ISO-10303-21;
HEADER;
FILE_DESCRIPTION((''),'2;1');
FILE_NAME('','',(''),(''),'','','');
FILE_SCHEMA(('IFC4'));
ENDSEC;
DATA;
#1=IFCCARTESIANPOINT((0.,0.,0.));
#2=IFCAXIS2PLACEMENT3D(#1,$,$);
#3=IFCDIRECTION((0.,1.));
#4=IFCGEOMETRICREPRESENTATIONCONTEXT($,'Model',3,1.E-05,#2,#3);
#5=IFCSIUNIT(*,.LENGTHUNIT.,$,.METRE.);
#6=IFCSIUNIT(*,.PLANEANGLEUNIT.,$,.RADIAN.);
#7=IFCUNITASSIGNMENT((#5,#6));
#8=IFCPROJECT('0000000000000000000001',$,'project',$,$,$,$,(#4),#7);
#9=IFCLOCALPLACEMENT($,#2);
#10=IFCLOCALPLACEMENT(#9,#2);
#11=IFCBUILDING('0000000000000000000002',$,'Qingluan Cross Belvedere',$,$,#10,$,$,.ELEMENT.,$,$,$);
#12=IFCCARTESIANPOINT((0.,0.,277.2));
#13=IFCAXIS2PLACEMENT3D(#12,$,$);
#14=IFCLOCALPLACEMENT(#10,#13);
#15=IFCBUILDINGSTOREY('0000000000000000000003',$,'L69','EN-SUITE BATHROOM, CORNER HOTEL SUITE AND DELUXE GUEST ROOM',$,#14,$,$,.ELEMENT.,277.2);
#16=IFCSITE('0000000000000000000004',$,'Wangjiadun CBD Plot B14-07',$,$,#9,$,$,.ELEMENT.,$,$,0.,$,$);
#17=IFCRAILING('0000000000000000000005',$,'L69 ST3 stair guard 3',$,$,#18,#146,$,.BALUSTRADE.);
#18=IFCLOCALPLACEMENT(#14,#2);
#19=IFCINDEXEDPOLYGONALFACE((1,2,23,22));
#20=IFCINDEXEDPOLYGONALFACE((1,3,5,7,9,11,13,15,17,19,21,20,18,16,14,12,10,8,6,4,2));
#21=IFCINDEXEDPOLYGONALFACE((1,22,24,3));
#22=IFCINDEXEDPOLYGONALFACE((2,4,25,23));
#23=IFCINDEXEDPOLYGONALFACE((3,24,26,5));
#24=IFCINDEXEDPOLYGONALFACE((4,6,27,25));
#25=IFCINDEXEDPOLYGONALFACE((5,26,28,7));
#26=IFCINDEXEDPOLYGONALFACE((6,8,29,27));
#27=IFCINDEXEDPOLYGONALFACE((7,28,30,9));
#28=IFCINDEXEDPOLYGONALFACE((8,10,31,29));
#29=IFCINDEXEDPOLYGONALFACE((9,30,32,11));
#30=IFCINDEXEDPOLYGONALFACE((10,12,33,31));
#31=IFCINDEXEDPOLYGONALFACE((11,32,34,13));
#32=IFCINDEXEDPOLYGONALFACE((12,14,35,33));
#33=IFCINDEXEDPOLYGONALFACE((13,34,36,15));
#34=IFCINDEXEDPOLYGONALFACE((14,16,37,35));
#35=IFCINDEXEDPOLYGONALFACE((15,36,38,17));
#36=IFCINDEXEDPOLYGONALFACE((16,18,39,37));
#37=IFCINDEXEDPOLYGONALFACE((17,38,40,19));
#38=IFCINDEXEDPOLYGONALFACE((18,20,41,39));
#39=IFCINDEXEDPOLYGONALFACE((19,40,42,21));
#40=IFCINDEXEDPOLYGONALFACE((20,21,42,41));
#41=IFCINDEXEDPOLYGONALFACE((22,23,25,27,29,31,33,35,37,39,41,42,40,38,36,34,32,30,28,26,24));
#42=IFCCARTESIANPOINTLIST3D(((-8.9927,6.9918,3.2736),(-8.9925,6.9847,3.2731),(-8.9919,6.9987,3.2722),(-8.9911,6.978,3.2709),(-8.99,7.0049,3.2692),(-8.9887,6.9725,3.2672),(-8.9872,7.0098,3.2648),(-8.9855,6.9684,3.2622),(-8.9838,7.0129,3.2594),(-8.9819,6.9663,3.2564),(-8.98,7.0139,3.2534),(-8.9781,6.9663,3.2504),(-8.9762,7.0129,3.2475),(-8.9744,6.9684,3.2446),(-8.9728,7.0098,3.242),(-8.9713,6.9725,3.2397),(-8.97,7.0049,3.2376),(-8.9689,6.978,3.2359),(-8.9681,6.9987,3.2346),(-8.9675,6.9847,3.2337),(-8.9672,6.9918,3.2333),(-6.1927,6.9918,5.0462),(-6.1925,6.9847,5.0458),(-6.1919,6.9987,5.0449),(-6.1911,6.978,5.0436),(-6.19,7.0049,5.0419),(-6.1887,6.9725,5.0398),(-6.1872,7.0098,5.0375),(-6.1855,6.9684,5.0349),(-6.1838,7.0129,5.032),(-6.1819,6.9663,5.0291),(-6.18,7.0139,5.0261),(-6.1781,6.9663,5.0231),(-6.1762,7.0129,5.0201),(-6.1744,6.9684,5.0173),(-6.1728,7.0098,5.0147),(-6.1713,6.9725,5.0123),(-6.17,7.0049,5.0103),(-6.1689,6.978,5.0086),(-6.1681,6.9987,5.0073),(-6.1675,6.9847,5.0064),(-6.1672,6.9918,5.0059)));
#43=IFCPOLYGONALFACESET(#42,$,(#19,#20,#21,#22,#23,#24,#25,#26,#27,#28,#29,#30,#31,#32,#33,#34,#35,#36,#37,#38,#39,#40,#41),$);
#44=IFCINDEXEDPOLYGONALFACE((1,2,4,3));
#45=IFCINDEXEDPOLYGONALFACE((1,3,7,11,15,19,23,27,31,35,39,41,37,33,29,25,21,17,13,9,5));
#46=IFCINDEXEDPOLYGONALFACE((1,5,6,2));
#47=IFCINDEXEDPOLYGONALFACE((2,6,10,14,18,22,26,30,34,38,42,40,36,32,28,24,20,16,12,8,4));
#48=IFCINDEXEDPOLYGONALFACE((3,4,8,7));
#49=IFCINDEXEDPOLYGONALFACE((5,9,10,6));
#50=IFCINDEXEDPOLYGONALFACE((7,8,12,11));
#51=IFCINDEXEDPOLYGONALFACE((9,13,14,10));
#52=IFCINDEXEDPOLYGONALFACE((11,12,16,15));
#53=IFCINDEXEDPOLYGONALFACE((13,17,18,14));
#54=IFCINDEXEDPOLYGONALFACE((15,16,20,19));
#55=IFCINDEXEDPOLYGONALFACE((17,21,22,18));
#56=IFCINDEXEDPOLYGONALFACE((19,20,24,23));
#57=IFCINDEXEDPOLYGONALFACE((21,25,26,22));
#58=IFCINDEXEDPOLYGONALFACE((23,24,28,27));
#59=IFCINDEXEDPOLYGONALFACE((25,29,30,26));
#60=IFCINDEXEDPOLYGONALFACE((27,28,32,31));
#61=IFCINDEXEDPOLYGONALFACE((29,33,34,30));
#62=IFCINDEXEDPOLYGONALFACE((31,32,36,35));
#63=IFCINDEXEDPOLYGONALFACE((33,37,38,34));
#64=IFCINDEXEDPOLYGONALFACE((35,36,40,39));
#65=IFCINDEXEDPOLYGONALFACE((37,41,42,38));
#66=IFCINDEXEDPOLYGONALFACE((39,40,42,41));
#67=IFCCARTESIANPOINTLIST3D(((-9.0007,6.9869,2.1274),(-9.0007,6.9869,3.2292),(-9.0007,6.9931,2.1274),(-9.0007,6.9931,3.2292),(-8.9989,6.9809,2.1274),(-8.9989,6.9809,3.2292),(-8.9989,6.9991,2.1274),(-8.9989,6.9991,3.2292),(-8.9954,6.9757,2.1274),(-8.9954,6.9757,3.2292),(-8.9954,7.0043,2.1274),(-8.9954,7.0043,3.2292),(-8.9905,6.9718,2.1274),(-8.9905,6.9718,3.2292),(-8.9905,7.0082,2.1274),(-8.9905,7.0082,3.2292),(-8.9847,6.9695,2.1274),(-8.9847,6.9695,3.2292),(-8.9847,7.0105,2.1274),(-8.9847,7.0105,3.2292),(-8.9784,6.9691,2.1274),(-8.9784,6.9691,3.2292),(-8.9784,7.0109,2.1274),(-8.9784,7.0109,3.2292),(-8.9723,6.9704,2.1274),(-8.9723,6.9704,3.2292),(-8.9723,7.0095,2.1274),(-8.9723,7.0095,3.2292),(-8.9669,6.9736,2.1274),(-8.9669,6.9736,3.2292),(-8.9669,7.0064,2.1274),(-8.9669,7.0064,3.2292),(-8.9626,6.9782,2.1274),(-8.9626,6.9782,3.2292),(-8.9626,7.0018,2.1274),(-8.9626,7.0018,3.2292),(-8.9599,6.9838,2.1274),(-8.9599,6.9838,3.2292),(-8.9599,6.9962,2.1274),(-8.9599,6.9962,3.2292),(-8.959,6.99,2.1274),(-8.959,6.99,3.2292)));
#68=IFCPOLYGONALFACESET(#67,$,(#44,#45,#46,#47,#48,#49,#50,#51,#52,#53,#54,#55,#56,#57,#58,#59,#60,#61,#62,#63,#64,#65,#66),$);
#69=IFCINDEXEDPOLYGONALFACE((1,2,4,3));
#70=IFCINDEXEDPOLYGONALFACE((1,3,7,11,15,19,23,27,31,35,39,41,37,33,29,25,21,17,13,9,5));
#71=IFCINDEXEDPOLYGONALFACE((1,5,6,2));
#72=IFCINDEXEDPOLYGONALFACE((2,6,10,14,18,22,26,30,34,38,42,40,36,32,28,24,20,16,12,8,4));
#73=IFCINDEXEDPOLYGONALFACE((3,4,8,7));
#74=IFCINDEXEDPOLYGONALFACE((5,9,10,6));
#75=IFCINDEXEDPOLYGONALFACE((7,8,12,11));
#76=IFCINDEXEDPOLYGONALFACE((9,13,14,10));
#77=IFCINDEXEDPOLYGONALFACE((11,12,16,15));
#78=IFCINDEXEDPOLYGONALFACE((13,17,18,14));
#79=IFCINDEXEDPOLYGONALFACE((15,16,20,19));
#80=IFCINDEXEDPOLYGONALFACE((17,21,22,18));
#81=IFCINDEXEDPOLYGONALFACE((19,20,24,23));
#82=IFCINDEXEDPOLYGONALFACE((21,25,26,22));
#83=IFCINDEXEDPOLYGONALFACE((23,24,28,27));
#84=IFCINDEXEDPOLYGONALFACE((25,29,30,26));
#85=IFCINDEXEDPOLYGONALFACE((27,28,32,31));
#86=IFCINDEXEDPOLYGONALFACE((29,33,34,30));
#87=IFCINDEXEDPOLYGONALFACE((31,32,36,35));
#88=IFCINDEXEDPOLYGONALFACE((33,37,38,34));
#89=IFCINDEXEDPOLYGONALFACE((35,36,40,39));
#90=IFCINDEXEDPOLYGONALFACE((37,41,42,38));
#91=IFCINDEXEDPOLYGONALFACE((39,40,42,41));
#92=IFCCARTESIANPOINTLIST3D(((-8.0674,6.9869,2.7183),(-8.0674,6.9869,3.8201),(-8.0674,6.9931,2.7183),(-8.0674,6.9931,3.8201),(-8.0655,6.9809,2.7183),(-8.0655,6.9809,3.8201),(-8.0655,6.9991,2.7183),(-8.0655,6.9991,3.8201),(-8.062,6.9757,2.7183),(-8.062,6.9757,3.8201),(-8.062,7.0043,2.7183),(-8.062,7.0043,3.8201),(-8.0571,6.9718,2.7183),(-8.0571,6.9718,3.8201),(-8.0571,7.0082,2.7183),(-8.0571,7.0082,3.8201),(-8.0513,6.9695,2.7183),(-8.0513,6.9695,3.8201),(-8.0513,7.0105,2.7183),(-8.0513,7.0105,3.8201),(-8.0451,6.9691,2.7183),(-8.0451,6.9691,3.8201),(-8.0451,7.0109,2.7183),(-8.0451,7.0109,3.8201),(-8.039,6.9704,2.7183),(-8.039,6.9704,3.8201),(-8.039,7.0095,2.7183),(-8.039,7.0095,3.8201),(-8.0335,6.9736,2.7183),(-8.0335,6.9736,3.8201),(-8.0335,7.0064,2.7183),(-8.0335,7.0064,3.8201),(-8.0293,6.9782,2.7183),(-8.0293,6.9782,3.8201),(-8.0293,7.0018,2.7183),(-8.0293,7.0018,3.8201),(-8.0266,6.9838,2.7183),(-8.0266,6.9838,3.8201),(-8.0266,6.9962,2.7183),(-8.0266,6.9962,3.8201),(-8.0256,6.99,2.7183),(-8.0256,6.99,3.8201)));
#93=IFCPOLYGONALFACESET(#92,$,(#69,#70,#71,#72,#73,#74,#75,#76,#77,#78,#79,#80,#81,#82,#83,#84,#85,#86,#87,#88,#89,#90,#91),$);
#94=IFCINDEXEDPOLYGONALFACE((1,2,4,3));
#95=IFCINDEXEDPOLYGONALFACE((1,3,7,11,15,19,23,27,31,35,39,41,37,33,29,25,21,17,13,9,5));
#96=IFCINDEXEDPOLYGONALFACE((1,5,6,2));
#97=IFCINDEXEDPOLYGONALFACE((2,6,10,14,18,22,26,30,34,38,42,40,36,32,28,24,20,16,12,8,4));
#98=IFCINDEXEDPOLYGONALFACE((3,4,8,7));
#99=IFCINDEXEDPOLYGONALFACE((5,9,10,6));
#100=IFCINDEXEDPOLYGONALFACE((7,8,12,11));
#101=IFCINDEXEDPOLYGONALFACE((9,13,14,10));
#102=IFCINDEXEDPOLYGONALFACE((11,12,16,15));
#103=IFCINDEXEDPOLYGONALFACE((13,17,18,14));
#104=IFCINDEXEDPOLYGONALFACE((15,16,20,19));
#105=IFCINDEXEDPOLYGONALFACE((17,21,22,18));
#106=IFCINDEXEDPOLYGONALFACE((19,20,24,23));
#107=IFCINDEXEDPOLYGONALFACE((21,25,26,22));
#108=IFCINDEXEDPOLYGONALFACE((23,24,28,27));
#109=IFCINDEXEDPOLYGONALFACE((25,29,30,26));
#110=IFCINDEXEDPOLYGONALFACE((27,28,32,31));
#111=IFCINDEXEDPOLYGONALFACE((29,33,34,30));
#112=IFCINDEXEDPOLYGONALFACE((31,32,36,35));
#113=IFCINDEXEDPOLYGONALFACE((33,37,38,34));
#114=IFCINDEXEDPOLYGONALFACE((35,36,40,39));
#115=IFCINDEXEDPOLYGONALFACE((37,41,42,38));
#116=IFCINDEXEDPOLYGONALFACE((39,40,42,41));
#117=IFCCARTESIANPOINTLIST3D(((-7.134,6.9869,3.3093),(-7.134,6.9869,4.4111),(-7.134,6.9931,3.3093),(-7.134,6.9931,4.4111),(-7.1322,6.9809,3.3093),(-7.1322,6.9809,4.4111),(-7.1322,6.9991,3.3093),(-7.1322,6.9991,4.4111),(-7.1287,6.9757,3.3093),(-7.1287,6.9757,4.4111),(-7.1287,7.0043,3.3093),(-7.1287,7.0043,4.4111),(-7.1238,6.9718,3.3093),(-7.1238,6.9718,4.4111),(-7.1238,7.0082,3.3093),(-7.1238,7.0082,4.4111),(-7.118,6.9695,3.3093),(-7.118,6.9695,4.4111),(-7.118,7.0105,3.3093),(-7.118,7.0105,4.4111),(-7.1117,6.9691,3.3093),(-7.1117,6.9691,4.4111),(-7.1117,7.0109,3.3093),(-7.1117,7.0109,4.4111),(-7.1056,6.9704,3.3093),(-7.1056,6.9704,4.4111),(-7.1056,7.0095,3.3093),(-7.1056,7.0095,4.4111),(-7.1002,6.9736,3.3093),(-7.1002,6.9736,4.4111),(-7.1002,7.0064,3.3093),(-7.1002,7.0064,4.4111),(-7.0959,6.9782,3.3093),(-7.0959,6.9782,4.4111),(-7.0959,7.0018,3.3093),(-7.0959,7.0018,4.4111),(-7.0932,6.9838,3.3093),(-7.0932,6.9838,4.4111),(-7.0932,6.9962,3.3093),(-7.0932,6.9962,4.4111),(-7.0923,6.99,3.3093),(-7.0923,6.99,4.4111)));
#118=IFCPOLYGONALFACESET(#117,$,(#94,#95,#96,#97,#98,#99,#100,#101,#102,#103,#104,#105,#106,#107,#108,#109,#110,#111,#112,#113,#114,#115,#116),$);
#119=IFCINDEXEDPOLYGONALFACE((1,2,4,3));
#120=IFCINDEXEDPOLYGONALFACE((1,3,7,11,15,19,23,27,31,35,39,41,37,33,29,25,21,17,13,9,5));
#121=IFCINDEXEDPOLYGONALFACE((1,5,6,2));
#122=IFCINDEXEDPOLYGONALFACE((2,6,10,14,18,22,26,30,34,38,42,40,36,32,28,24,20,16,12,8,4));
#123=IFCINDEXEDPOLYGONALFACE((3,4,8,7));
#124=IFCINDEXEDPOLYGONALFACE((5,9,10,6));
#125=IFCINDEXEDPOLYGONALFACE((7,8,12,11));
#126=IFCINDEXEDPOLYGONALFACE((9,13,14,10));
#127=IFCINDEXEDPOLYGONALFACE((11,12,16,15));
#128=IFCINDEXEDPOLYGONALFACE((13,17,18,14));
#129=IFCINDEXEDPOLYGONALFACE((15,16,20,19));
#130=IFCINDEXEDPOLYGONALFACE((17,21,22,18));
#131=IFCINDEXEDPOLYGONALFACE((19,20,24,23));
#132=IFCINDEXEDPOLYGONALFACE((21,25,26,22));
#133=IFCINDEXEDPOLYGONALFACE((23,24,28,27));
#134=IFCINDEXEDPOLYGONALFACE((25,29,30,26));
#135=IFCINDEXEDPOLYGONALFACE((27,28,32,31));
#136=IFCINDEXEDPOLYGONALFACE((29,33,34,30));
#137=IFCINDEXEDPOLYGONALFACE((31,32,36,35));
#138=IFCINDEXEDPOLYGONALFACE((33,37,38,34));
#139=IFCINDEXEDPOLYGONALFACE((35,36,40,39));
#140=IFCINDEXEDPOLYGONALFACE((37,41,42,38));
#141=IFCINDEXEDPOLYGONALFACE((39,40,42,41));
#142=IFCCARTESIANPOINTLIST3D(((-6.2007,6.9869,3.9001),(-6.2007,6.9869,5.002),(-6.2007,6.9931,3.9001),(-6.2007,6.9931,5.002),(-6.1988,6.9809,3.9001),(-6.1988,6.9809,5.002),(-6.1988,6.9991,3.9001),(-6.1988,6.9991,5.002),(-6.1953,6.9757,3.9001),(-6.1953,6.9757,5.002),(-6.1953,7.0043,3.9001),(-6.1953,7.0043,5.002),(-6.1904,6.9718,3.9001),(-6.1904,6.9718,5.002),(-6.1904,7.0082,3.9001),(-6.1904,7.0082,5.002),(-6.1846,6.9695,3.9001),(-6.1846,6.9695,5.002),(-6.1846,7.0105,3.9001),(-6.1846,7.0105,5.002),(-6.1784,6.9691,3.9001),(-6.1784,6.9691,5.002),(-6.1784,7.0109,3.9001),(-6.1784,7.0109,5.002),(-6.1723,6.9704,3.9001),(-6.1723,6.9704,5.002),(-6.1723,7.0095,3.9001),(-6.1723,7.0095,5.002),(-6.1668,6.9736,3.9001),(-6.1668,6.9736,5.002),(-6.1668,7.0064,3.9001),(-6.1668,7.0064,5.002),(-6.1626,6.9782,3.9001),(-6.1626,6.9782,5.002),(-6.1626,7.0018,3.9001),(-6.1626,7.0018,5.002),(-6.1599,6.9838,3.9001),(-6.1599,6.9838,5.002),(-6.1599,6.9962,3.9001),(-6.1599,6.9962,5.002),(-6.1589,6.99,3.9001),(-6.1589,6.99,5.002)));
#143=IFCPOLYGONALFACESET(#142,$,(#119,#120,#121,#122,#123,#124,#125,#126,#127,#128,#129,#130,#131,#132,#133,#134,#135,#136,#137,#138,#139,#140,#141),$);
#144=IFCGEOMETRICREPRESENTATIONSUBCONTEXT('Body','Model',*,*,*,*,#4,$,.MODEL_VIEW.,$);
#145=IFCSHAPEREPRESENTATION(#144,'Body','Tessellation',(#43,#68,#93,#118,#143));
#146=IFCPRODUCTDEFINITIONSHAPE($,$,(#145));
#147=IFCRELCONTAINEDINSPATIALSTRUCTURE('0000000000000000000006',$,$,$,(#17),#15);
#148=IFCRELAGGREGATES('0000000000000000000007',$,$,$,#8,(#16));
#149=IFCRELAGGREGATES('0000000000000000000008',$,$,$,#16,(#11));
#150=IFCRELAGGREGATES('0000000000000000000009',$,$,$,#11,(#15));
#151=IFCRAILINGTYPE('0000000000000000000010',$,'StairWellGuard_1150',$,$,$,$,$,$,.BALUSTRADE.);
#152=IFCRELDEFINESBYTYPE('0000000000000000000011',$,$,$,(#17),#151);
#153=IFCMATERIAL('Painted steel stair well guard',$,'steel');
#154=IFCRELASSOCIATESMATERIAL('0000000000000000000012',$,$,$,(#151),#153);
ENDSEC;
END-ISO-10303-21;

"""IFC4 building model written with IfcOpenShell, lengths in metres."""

from ifc_helpers import new_model, si_unit, direction, frame, origin, origin_2d, place, context, subcontext, project, spatial, circle, extrude, material, type_object, element, save


model = new_model("IFC4")

# Units and contexts
model_context = context("Model", 3, precision=1e-05, world=origin(), true_north=direction((0.0, 1.0)))
body_context = subcontext(model_context, "Body", "Model", "MODEL_VIEW")
ifc_project = project(units=[si_unit("LENGTHUNIT", "METRE"), si_unit("PLANEANGLEUNIT", "RADIAN")], contexts=[model_context])

# Site, building, storey
site_placement = place(None, origin())
site = spatial("IfcSite", under=ifc_project, at=site_placement, Name="Wangjiadun CBD Plot B14-07", CompositionType="ELEMENT", RefElevation=0.0)
building_placement = place(site_placement, origin())
building = spatial("IfcBuilding", under=site, at=building_placement, Name="Qingluan Cross Belvedere", CompositionType="ELEMENT")
storey_placement = place(building_placement, frame((0.0, 0.0, 277.2)))
storey = spatial("IfcBuildingStorey", under=building, at=storey_placement, Name="L69", Description="EN-SUITE BATHROOM, CORNER HOTEL SUITE AND DELUXE GUEST ROOM", CompositionType="ELEMENT", Elevation=277.2)

# Railing
ifc_material_1 = material(Name="Painted steel stair well guard", Category="steel")
railing_type_1 = type_object("IfcRailingType", Name="StairWellGuard_1150", PredefinedType="BALUSTRADE", material=ifc_material_1)
railing_1_placement = place(storey_placement, frame((-8.98, 6.99, 2.1274)))
element("IfcRailing", 1, at=railing_1_placement, inside=storey, type_object=railing_type_1, Name="L69 ST3 stair guard 3", PredefinedType="BALUSTRADE", context=body_context, shape_type="SweptSolid", body=[
    extrude(circle(Radius=0.0239, at=origin_2d()), frame((0.0, 0.0, 1.126), z_axis=(0.844909, 0.0, 0.53491), x_axis=(0.0, 1.0, 0.0)), (0.0, 0.0, 1.0), 3.314),
    extrude(circle(Radius=0.021, at=origin_2d()), origin(), (0.0, 0.0, 1.0), 1.1018),
    extrude(circle(Radius=0.021, at=origin_2d()), frame((0.9333, 0.0, 0.5908)), (0.0, 0.0, 1.0), 1.1018),
    extrude(circle(Radius=0.021, at=origin_2d()), frame((1.8667, 0.0, 1.1819)), (0.0, 0.0, 1.0), 1.1018),
    extrude(circle(Radius=0.021, at=origin_2d()), frame((2.8, 0.0, 1.7727)), (0.0, 0.0, 1.0), 1.1018),
])

save(model, "model.ifc")
